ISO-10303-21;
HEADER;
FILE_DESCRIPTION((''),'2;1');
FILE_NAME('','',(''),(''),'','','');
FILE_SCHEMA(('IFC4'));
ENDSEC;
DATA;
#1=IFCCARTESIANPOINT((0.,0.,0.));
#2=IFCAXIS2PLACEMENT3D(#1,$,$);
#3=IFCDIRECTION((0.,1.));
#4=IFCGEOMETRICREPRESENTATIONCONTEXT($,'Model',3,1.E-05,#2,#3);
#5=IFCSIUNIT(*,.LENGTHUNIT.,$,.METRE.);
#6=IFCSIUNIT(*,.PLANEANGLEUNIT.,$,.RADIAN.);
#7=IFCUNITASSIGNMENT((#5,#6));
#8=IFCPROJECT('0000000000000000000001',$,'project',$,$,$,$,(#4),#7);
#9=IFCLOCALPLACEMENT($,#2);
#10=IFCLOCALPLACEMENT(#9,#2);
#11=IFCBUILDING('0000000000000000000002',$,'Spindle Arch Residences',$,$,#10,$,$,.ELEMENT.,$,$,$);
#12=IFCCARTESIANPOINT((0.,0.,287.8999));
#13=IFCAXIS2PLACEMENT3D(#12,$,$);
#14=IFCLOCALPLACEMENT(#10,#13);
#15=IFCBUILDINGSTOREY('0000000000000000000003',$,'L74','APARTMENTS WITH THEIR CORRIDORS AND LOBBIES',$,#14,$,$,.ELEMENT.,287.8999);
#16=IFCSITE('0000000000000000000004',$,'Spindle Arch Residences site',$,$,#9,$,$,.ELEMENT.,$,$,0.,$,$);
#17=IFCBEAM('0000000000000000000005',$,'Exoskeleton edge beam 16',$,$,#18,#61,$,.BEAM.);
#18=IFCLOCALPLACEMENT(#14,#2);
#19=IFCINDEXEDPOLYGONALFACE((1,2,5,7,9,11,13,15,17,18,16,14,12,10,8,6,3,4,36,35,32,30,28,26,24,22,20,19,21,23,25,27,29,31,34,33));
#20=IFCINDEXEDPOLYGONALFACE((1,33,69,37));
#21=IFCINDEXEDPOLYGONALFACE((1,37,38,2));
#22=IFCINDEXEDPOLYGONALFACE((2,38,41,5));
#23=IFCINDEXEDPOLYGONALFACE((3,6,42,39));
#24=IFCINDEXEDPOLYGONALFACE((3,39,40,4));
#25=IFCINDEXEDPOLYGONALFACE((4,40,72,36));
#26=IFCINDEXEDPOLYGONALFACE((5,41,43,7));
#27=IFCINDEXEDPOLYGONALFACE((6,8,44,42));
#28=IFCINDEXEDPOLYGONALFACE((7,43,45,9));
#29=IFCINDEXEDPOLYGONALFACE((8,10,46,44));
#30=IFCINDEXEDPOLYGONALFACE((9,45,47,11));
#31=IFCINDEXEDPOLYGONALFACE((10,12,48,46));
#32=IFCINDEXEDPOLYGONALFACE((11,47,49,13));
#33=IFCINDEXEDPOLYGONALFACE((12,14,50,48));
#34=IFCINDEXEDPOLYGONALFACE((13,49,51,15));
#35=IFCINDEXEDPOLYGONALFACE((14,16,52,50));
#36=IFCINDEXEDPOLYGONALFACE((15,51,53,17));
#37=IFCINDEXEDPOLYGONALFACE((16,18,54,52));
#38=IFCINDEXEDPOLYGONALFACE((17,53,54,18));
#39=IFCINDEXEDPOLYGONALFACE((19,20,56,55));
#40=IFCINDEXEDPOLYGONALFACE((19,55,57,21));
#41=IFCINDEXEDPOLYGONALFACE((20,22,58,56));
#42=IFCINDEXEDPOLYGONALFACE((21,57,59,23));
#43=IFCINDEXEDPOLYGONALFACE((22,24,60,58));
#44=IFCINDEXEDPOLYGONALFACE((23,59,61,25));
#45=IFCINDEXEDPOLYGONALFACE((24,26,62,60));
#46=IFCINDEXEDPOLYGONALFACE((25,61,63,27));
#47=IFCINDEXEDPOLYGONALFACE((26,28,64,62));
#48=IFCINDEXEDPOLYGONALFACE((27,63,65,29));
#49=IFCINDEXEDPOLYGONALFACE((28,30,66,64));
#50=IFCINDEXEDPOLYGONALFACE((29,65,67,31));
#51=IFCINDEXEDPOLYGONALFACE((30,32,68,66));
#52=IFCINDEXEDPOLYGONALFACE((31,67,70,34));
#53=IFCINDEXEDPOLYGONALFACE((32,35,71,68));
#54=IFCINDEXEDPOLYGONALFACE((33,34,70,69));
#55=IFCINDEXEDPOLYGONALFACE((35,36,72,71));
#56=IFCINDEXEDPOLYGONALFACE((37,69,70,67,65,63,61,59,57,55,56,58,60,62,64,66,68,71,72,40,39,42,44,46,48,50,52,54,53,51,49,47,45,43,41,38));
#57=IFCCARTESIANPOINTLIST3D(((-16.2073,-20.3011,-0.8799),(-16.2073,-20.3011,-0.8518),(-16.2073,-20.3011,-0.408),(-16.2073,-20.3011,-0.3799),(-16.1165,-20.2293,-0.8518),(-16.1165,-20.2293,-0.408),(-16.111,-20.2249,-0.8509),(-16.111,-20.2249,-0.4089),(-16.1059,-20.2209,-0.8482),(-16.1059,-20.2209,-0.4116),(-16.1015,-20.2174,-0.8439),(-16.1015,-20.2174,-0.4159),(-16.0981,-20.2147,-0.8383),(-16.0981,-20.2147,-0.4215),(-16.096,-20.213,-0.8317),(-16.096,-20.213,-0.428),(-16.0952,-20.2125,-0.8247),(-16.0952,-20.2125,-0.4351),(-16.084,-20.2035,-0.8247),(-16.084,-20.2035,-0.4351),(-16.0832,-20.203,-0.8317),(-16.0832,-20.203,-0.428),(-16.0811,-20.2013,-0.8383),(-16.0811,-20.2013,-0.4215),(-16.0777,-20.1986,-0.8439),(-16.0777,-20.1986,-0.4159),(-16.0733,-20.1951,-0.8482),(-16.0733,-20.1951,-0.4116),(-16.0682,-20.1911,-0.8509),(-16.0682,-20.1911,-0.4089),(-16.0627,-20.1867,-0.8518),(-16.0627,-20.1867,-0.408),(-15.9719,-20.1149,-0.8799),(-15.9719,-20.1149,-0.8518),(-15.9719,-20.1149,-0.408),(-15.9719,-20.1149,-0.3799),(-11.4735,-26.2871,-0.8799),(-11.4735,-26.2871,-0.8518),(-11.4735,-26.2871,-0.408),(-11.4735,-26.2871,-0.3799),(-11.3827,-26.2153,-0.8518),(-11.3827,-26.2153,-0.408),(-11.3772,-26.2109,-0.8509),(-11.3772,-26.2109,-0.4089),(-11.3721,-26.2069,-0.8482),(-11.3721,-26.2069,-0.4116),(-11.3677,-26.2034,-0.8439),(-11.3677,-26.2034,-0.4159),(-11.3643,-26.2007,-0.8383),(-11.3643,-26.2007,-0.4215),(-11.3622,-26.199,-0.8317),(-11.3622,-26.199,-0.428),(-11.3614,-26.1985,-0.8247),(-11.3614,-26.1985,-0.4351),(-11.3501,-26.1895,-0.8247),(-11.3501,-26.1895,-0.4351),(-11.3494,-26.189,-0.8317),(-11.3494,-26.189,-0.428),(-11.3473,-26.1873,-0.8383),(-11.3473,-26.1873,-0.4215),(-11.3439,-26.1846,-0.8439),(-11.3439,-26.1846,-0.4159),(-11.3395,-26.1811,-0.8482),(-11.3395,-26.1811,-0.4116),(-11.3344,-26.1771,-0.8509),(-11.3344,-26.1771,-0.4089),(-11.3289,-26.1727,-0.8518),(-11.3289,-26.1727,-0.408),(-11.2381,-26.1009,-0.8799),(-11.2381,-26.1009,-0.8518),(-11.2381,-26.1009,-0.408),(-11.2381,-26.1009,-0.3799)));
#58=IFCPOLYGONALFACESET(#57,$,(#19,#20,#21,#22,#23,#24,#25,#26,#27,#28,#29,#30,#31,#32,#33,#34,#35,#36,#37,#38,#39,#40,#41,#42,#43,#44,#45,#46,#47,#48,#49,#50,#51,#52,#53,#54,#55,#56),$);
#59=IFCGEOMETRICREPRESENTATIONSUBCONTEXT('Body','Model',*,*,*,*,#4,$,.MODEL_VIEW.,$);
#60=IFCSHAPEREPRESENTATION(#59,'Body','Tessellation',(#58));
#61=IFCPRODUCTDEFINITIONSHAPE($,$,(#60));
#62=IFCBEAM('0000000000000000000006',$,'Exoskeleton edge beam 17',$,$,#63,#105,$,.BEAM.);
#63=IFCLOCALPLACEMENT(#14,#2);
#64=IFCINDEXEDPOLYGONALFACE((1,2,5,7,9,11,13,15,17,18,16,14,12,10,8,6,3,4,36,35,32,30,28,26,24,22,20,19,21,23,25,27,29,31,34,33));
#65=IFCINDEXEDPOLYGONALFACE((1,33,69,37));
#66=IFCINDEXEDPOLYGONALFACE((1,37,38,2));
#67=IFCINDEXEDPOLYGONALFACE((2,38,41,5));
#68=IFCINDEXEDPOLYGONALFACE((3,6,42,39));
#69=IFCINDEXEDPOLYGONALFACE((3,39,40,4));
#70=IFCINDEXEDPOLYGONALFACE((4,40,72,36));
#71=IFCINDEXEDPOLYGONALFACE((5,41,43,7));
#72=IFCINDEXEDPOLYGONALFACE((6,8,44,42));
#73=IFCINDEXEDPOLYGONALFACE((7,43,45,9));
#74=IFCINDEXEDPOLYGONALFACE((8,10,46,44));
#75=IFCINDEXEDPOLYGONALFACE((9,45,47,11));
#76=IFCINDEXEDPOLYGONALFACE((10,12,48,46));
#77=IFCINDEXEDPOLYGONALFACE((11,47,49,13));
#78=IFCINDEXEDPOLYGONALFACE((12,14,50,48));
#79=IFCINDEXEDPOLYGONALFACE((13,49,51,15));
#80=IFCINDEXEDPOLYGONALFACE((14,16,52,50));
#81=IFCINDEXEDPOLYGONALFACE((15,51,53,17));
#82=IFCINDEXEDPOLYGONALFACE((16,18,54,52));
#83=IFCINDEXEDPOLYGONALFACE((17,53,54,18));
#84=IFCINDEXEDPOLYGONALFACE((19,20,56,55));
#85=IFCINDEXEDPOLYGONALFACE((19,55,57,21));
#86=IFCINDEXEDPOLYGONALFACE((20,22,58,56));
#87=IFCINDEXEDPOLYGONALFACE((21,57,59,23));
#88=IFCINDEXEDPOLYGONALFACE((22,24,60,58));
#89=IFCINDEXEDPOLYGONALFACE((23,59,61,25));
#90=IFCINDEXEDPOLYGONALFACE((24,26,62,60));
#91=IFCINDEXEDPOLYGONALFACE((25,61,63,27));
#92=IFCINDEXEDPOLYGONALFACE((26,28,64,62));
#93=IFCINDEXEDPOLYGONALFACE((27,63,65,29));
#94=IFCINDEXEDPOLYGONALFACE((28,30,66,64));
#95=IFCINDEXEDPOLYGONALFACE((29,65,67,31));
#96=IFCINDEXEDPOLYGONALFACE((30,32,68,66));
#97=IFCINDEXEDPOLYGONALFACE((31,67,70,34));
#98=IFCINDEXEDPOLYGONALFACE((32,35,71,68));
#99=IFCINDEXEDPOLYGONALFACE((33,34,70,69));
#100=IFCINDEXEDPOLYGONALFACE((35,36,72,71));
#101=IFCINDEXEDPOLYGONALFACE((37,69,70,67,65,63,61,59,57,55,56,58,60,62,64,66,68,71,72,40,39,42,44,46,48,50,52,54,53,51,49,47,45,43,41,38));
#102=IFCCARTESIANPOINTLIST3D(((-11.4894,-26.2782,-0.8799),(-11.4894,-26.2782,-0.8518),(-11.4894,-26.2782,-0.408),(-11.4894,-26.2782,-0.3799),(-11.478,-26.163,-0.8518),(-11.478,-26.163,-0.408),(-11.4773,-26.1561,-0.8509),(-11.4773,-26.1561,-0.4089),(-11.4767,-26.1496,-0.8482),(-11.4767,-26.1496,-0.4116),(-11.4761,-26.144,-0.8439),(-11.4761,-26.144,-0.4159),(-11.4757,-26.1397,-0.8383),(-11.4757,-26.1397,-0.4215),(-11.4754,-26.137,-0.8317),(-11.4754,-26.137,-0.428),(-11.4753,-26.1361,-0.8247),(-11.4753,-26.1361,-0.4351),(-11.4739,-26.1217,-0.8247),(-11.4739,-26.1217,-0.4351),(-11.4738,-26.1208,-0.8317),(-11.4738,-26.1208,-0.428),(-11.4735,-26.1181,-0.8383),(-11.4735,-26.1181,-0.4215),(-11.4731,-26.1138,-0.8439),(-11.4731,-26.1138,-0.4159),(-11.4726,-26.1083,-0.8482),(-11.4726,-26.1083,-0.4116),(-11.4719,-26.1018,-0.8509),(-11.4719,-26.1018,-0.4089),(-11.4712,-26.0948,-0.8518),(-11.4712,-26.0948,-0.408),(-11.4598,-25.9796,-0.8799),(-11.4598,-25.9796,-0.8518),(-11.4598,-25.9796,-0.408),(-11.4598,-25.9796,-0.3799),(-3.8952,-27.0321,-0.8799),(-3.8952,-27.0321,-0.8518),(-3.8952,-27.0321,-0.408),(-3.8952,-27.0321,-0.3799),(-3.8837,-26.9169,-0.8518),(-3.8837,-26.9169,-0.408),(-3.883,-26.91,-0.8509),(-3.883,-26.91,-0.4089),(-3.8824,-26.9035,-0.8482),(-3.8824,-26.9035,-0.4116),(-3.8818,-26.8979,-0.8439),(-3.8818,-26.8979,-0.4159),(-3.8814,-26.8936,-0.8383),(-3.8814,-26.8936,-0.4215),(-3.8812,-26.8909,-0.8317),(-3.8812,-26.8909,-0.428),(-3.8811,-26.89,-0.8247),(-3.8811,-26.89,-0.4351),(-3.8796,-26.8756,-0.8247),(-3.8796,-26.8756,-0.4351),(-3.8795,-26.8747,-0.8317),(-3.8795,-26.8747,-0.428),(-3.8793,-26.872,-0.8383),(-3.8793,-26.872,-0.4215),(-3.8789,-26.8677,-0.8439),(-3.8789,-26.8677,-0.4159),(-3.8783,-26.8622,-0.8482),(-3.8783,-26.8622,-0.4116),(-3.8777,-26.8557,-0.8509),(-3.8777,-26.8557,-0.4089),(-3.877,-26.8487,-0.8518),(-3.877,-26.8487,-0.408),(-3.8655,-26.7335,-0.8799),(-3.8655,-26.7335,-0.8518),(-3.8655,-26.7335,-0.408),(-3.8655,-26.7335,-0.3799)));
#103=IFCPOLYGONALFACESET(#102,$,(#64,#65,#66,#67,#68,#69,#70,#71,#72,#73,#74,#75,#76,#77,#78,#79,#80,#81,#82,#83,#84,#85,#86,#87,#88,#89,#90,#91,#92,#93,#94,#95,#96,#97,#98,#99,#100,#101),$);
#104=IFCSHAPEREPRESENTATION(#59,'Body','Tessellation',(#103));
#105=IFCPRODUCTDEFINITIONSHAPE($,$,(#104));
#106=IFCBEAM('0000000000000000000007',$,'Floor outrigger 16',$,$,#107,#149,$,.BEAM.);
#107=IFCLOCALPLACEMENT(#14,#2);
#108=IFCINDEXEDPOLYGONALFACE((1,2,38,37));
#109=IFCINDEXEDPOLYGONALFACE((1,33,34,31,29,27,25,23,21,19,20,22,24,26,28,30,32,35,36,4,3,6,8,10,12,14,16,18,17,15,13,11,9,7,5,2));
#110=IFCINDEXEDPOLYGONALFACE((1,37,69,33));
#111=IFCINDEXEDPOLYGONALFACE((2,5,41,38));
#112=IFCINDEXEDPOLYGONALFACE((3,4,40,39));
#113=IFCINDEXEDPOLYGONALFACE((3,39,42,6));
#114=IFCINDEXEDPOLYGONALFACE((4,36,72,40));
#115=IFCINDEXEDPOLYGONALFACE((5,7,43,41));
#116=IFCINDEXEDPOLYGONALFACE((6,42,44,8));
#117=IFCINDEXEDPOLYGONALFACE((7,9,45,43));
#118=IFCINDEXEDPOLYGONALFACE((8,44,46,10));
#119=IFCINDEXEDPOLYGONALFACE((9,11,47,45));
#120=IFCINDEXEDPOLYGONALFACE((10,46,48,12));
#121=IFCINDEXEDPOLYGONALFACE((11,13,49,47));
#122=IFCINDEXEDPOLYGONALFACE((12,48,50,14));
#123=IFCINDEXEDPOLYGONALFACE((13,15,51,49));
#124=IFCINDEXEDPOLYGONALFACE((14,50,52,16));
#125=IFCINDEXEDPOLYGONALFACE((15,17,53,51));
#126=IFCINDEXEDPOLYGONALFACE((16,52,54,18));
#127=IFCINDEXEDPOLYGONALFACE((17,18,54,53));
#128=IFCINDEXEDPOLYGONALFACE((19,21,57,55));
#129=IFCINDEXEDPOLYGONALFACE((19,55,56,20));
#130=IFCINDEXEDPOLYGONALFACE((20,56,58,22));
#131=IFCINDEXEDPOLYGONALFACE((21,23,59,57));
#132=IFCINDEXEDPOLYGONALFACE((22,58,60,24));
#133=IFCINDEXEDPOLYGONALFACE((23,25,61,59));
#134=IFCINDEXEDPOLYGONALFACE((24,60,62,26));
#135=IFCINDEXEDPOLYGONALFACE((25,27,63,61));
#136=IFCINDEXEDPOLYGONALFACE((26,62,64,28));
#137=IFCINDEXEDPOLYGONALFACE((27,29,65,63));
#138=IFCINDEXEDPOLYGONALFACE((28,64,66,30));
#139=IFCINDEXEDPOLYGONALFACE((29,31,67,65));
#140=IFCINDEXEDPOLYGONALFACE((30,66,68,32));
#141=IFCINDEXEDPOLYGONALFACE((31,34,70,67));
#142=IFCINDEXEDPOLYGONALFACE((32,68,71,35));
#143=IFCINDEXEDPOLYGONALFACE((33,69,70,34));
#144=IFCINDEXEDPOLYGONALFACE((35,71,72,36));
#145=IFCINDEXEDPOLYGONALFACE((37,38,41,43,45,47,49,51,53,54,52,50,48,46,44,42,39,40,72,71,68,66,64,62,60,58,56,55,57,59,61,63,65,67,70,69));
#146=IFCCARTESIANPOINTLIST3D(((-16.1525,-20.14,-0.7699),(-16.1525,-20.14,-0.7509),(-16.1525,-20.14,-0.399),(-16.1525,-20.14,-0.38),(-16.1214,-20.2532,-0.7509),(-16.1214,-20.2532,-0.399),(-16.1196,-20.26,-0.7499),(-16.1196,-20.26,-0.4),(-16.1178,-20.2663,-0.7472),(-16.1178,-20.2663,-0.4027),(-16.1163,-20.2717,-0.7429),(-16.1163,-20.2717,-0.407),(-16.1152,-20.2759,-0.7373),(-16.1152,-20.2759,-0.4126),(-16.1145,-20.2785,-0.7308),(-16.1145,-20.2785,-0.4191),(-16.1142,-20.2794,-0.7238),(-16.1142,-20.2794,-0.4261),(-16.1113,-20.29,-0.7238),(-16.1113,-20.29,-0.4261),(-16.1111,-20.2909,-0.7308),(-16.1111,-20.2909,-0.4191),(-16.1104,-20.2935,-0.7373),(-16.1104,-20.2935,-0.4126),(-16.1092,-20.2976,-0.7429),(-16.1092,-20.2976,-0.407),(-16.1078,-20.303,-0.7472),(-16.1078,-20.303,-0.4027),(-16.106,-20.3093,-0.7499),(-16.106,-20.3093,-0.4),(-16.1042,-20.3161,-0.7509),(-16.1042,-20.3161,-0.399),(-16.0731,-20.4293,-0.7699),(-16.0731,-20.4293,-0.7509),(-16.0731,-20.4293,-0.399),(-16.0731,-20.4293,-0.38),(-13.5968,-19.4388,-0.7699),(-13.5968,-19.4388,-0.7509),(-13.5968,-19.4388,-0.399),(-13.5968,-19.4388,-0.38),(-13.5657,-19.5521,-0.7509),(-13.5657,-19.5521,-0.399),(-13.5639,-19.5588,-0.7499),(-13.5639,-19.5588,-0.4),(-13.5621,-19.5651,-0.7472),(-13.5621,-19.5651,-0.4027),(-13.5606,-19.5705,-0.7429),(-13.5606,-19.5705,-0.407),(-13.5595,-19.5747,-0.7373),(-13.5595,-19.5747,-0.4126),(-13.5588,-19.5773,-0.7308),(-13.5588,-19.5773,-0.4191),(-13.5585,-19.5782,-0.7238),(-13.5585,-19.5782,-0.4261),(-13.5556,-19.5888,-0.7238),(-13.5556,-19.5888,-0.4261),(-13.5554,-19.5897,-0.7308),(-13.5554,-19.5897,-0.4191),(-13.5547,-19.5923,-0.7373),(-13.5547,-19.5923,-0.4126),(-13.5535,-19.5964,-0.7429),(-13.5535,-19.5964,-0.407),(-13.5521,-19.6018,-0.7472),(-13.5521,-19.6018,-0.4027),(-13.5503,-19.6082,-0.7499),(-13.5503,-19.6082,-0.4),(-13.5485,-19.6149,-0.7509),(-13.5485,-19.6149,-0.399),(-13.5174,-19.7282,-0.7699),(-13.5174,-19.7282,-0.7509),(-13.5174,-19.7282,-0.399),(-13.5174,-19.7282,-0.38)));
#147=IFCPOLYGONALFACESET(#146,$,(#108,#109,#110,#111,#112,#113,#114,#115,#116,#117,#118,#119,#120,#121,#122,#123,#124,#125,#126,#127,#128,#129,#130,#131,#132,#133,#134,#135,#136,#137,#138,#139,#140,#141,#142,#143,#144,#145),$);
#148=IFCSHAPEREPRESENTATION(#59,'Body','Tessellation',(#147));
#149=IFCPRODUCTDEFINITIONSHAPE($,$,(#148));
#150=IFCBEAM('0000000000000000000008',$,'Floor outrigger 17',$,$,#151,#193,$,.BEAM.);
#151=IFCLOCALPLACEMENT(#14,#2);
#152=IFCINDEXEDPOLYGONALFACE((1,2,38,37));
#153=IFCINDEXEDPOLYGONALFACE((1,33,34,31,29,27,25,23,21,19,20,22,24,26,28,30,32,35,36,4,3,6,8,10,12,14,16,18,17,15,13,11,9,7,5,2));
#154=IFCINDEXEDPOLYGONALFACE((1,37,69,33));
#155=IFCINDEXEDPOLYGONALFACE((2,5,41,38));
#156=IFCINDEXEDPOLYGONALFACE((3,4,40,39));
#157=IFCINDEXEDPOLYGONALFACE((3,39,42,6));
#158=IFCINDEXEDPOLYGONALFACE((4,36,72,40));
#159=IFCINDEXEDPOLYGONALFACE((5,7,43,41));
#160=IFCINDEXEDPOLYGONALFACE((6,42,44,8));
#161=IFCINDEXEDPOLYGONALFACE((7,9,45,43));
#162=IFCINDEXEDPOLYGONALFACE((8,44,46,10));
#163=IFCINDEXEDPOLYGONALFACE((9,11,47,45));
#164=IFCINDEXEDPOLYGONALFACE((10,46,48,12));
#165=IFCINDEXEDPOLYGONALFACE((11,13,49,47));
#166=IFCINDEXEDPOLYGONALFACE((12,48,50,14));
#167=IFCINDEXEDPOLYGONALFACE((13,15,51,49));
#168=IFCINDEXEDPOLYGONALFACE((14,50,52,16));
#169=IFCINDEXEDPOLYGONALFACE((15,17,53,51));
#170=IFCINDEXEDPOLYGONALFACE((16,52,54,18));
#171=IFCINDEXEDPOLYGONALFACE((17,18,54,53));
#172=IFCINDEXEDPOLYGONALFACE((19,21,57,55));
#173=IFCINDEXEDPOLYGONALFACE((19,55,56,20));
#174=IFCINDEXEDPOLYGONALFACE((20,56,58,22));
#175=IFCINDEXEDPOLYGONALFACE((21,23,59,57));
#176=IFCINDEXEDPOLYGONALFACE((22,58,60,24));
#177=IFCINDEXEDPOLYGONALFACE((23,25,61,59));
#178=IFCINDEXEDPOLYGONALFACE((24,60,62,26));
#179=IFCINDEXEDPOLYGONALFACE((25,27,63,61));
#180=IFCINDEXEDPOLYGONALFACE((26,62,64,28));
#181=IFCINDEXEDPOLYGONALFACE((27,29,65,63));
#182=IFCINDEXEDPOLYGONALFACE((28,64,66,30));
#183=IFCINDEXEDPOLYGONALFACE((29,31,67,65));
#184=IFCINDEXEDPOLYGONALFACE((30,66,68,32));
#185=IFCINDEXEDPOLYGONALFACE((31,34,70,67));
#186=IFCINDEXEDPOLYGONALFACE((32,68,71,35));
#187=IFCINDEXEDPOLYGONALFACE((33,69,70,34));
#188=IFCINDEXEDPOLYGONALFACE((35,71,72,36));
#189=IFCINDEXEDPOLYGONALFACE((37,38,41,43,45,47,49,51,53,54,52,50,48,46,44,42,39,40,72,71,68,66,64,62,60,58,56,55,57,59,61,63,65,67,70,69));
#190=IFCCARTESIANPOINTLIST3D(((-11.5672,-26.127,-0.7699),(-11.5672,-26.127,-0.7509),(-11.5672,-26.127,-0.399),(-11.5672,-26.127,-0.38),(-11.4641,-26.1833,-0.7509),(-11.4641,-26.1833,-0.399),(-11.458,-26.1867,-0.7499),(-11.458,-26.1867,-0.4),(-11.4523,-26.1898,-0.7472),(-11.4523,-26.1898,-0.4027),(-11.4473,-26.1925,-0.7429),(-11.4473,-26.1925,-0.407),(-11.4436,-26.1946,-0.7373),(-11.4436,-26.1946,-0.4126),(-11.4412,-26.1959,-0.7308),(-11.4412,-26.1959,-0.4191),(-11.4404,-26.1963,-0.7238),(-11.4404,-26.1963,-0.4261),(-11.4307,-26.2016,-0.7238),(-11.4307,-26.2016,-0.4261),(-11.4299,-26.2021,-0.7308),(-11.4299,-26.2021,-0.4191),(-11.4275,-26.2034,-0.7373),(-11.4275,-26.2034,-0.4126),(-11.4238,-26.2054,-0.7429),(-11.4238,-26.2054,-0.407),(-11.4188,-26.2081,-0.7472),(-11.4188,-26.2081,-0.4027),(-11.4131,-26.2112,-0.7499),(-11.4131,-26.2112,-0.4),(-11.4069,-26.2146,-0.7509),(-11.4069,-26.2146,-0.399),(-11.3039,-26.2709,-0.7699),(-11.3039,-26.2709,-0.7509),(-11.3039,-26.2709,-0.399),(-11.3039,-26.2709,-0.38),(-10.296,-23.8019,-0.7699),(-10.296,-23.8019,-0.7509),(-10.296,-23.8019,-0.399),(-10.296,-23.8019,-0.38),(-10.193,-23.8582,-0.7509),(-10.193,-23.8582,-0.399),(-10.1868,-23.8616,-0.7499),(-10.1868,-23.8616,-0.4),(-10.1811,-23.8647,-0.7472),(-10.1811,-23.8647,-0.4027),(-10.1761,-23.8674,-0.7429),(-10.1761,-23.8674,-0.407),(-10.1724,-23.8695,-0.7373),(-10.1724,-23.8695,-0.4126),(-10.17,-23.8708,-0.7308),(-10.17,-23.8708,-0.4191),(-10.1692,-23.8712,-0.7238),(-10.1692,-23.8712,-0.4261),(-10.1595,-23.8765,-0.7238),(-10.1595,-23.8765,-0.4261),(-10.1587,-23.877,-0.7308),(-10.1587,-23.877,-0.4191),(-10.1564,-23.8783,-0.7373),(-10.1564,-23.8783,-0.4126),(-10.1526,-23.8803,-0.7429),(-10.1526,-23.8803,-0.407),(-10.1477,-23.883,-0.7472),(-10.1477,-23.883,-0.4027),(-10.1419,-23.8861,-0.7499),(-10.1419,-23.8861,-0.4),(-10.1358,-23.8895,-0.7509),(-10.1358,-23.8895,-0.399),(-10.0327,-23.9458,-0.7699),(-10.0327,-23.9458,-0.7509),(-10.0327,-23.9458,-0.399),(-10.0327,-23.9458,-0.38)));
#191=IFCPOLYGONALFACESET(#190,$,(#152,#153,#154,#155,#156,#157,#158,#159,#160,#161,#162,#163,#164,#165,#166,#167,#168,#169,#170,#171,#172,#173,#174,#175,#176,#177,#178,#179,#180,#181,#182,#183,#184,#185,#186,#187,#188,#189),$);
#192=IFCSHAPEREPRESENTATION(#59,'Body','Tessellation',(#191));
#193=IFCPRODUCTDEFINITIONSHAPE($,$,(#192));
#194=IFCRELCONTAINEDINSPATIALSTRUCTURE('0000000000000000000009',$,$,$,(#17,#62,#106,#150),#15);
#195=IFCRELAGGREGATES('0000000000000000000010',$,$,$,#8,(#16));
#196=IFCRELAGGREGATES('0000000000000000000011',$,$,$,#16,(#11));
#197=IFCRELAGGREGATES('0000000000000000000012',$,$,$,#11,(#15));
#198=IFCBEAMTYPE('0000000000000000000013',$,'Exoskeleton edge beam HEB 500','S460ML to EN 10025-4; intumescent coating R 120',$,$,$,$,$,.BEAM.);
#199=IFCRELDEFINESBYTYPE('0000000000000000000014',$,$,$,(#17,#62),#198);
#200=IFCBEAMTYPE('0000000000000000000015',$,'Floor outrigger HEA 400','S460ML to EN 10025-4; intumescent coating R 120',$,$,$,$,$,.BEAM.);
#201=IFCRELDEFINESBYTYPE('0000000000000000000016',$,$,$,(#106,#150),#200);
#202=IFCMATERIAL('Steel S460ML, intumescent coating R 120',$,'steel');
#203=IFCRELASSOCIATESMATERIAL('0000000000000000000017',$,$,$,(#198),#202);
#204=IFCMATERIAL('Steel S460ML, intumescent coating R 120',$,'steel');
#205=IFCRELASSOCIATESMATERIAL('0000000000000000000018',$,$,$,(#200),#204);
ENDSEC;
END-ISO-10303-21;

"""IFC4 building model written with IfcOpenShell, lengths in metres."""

from ifc_helpers import new_model, si_unit, direction, frame, origin, origin_2d, place, context, subcontext, project, spatial, i_section, extrude, material, material_profile, profile_set, type_object, element, save


model = new_model("IFC4")

# Units and contexts
model_context = context("Model", 3, precision=1e-05, world=origin(), true_north=direction((0.0, 1.0)))
body_context = subcontext(model_context, "Body", "Model", "MODEL_VIEW")
ifc_project = project(units=[si_unit("LENGTHUNIT", "METRE"), si_unit("PLANEANGLEUNIT", "RADIAN")], contexts=[model_context])

# Site, building, storey
site_placement = place(None, origin())
site = spatial("IfcSite", under=ifc_project, at=site_placement, Name="Spindle Arch Residences site", CompositionType="ELEMENT", RefElevation=0.0)
building_placement = place(site_placement, origin())
building = spatial("IfcBuilding", under=site, at=building_placement, Name="Spindle Arch Residences", CompositionType="ELEMENT")
storey_placement = place(building_placement, frame((0.0, 0.0, 287.8999)))
storey = spatial("IfcBuildingStorey", under=building, at=storey_placement, Name="L74", Description="APARTMENTS WITH THEIR CORRIDORS AND LOBBIES", CompositionType="ELEMENT", Elevation=287.8999)

# Beams
ifc_material_1 = material(Name="Steel S460ML, intumescent coating R 120", Category="steel")
ifc_material_profile_1 = material_profile(ifc_material_1, i_section(OverallWidth=0.3, OverallDepth=0.5, WebThickness=0.0144, FlangeThickness=0.0281, FilletRadius=0.0271, at=origin_2d()), Name="HEB 500")
ifc_profile_set_1 = profile_set([ifc_material_profile_1], Name="Steel S460ML, intumescent coating R 120")
beam_type_1 = type_object("IfcBeamType", Name="Exoskeleton edge beam HEB 500", Description="S460ML to EN 10025-4; intumescent coating R 120", PredefinedType="BEAM", material=ifc_profile_set_1)
for number, where, z_axis, x_axis, name in (
    (1, (-16.0896, -20.208, -0.6299), (0.620292, -0.784371, 0.0), (0.784371, 0.620292, 0.0), "Exoskeleton edge beam 16"),
    (2, (-11.4746, -26.1289, -0.6299), (0.995109, -0.098788, 0.0), (0.098788, 0.995109, 0.0), "Exoskeleton edge beam 17"),
):
    element("IfcBeam", number, at=place(storey_placement, frame(where, z_axis=z_axis, x_axis=x_axis)), inside=storey, type_object=beam_type_1, Name=name, PredefinedType="BEAM", context=body_context, shape_type="SweptSolid", body=[
        extrude(i_section(OverallWidth=0.3, OverallDepth=0.5, WebThickness=0.0144, FlangeThickness=0.0281, FilletRadius=0.0271, at=origin_2d()), origin(), (0.0, 0.0, 1.0), 7.6316),
    ])
ifc_material_2 = material(Name="Steel S460ML, intumescent coating R 120", Category="steel")
ifc_material_profile_2 = material_profile(ifc_material_2, i_section(OverallWidth=0.3, OverallDepth=0.3899, WebThickness=0.011, FlangeThickness=0.019, FilletRadius=0.0271, at=origin_2d()), Name="HEA 400")
ifc_profile_set_2 = profile_set([ifc_material_profile_2], Name="Steel S460ML, intumescent coating R 120")
beam_type_2 = type_object("IfcBeamType", Name="Floor outrigger HEA 400", Description="S460ML to EN 10025-4; intumescent coating R 120", PredefinedType="BEAM", material=ifc_profile_set_2)
beam_1_placement = place(storey_placement, frame((-16.1128, -20.2847, -0.575), z_axis=(0.964363, 0.264583, 0.0), x_axis=(-0.264583, 0.964363, 0.0)))
element("IfcBeam", 3, at=beam_1_placement, inside=storey, type_object=beam_type_2, Name="Floor outrigger 16", PredefinedType="BEAM", context=body_context, shape_type="SweptSolid", body=[
    extrude(i_section(OverallWidth=0.3, OverallDepth=0.3899, WebThickness=0.011, FlangeThickness=0.019, FilletRadius=0.0271, at=origin_2d()), origin(), (0.0, 0.0, 1.0), 2.6501),
])
beam_2_placement = place(storey_placement, frame((-11.4355, -26.199, -0.575), z_axis=(0.47971, 0.877427, 0.0), x_axis=(-0.877427, 0.47971, 0.0)))
element("IfcBeam", 4, at=beam_2_placement, inside=storey, type_object=beam_type_2, Name="Floor outrigger 17", PredefinedType="BEAM", context=body_context, shape_type="SweptSolid", body=[
    extrude(i_section(OverallWidth=0.3, OverallDepth=0.3899, WebThickness=0.011, FlangeThickness=0.019, FilletRadius=0.0271, at=origin_2d()), origin(), (0.0, 0.0, 1.0), 2.6499),
])

save(model, "model.ifc")
